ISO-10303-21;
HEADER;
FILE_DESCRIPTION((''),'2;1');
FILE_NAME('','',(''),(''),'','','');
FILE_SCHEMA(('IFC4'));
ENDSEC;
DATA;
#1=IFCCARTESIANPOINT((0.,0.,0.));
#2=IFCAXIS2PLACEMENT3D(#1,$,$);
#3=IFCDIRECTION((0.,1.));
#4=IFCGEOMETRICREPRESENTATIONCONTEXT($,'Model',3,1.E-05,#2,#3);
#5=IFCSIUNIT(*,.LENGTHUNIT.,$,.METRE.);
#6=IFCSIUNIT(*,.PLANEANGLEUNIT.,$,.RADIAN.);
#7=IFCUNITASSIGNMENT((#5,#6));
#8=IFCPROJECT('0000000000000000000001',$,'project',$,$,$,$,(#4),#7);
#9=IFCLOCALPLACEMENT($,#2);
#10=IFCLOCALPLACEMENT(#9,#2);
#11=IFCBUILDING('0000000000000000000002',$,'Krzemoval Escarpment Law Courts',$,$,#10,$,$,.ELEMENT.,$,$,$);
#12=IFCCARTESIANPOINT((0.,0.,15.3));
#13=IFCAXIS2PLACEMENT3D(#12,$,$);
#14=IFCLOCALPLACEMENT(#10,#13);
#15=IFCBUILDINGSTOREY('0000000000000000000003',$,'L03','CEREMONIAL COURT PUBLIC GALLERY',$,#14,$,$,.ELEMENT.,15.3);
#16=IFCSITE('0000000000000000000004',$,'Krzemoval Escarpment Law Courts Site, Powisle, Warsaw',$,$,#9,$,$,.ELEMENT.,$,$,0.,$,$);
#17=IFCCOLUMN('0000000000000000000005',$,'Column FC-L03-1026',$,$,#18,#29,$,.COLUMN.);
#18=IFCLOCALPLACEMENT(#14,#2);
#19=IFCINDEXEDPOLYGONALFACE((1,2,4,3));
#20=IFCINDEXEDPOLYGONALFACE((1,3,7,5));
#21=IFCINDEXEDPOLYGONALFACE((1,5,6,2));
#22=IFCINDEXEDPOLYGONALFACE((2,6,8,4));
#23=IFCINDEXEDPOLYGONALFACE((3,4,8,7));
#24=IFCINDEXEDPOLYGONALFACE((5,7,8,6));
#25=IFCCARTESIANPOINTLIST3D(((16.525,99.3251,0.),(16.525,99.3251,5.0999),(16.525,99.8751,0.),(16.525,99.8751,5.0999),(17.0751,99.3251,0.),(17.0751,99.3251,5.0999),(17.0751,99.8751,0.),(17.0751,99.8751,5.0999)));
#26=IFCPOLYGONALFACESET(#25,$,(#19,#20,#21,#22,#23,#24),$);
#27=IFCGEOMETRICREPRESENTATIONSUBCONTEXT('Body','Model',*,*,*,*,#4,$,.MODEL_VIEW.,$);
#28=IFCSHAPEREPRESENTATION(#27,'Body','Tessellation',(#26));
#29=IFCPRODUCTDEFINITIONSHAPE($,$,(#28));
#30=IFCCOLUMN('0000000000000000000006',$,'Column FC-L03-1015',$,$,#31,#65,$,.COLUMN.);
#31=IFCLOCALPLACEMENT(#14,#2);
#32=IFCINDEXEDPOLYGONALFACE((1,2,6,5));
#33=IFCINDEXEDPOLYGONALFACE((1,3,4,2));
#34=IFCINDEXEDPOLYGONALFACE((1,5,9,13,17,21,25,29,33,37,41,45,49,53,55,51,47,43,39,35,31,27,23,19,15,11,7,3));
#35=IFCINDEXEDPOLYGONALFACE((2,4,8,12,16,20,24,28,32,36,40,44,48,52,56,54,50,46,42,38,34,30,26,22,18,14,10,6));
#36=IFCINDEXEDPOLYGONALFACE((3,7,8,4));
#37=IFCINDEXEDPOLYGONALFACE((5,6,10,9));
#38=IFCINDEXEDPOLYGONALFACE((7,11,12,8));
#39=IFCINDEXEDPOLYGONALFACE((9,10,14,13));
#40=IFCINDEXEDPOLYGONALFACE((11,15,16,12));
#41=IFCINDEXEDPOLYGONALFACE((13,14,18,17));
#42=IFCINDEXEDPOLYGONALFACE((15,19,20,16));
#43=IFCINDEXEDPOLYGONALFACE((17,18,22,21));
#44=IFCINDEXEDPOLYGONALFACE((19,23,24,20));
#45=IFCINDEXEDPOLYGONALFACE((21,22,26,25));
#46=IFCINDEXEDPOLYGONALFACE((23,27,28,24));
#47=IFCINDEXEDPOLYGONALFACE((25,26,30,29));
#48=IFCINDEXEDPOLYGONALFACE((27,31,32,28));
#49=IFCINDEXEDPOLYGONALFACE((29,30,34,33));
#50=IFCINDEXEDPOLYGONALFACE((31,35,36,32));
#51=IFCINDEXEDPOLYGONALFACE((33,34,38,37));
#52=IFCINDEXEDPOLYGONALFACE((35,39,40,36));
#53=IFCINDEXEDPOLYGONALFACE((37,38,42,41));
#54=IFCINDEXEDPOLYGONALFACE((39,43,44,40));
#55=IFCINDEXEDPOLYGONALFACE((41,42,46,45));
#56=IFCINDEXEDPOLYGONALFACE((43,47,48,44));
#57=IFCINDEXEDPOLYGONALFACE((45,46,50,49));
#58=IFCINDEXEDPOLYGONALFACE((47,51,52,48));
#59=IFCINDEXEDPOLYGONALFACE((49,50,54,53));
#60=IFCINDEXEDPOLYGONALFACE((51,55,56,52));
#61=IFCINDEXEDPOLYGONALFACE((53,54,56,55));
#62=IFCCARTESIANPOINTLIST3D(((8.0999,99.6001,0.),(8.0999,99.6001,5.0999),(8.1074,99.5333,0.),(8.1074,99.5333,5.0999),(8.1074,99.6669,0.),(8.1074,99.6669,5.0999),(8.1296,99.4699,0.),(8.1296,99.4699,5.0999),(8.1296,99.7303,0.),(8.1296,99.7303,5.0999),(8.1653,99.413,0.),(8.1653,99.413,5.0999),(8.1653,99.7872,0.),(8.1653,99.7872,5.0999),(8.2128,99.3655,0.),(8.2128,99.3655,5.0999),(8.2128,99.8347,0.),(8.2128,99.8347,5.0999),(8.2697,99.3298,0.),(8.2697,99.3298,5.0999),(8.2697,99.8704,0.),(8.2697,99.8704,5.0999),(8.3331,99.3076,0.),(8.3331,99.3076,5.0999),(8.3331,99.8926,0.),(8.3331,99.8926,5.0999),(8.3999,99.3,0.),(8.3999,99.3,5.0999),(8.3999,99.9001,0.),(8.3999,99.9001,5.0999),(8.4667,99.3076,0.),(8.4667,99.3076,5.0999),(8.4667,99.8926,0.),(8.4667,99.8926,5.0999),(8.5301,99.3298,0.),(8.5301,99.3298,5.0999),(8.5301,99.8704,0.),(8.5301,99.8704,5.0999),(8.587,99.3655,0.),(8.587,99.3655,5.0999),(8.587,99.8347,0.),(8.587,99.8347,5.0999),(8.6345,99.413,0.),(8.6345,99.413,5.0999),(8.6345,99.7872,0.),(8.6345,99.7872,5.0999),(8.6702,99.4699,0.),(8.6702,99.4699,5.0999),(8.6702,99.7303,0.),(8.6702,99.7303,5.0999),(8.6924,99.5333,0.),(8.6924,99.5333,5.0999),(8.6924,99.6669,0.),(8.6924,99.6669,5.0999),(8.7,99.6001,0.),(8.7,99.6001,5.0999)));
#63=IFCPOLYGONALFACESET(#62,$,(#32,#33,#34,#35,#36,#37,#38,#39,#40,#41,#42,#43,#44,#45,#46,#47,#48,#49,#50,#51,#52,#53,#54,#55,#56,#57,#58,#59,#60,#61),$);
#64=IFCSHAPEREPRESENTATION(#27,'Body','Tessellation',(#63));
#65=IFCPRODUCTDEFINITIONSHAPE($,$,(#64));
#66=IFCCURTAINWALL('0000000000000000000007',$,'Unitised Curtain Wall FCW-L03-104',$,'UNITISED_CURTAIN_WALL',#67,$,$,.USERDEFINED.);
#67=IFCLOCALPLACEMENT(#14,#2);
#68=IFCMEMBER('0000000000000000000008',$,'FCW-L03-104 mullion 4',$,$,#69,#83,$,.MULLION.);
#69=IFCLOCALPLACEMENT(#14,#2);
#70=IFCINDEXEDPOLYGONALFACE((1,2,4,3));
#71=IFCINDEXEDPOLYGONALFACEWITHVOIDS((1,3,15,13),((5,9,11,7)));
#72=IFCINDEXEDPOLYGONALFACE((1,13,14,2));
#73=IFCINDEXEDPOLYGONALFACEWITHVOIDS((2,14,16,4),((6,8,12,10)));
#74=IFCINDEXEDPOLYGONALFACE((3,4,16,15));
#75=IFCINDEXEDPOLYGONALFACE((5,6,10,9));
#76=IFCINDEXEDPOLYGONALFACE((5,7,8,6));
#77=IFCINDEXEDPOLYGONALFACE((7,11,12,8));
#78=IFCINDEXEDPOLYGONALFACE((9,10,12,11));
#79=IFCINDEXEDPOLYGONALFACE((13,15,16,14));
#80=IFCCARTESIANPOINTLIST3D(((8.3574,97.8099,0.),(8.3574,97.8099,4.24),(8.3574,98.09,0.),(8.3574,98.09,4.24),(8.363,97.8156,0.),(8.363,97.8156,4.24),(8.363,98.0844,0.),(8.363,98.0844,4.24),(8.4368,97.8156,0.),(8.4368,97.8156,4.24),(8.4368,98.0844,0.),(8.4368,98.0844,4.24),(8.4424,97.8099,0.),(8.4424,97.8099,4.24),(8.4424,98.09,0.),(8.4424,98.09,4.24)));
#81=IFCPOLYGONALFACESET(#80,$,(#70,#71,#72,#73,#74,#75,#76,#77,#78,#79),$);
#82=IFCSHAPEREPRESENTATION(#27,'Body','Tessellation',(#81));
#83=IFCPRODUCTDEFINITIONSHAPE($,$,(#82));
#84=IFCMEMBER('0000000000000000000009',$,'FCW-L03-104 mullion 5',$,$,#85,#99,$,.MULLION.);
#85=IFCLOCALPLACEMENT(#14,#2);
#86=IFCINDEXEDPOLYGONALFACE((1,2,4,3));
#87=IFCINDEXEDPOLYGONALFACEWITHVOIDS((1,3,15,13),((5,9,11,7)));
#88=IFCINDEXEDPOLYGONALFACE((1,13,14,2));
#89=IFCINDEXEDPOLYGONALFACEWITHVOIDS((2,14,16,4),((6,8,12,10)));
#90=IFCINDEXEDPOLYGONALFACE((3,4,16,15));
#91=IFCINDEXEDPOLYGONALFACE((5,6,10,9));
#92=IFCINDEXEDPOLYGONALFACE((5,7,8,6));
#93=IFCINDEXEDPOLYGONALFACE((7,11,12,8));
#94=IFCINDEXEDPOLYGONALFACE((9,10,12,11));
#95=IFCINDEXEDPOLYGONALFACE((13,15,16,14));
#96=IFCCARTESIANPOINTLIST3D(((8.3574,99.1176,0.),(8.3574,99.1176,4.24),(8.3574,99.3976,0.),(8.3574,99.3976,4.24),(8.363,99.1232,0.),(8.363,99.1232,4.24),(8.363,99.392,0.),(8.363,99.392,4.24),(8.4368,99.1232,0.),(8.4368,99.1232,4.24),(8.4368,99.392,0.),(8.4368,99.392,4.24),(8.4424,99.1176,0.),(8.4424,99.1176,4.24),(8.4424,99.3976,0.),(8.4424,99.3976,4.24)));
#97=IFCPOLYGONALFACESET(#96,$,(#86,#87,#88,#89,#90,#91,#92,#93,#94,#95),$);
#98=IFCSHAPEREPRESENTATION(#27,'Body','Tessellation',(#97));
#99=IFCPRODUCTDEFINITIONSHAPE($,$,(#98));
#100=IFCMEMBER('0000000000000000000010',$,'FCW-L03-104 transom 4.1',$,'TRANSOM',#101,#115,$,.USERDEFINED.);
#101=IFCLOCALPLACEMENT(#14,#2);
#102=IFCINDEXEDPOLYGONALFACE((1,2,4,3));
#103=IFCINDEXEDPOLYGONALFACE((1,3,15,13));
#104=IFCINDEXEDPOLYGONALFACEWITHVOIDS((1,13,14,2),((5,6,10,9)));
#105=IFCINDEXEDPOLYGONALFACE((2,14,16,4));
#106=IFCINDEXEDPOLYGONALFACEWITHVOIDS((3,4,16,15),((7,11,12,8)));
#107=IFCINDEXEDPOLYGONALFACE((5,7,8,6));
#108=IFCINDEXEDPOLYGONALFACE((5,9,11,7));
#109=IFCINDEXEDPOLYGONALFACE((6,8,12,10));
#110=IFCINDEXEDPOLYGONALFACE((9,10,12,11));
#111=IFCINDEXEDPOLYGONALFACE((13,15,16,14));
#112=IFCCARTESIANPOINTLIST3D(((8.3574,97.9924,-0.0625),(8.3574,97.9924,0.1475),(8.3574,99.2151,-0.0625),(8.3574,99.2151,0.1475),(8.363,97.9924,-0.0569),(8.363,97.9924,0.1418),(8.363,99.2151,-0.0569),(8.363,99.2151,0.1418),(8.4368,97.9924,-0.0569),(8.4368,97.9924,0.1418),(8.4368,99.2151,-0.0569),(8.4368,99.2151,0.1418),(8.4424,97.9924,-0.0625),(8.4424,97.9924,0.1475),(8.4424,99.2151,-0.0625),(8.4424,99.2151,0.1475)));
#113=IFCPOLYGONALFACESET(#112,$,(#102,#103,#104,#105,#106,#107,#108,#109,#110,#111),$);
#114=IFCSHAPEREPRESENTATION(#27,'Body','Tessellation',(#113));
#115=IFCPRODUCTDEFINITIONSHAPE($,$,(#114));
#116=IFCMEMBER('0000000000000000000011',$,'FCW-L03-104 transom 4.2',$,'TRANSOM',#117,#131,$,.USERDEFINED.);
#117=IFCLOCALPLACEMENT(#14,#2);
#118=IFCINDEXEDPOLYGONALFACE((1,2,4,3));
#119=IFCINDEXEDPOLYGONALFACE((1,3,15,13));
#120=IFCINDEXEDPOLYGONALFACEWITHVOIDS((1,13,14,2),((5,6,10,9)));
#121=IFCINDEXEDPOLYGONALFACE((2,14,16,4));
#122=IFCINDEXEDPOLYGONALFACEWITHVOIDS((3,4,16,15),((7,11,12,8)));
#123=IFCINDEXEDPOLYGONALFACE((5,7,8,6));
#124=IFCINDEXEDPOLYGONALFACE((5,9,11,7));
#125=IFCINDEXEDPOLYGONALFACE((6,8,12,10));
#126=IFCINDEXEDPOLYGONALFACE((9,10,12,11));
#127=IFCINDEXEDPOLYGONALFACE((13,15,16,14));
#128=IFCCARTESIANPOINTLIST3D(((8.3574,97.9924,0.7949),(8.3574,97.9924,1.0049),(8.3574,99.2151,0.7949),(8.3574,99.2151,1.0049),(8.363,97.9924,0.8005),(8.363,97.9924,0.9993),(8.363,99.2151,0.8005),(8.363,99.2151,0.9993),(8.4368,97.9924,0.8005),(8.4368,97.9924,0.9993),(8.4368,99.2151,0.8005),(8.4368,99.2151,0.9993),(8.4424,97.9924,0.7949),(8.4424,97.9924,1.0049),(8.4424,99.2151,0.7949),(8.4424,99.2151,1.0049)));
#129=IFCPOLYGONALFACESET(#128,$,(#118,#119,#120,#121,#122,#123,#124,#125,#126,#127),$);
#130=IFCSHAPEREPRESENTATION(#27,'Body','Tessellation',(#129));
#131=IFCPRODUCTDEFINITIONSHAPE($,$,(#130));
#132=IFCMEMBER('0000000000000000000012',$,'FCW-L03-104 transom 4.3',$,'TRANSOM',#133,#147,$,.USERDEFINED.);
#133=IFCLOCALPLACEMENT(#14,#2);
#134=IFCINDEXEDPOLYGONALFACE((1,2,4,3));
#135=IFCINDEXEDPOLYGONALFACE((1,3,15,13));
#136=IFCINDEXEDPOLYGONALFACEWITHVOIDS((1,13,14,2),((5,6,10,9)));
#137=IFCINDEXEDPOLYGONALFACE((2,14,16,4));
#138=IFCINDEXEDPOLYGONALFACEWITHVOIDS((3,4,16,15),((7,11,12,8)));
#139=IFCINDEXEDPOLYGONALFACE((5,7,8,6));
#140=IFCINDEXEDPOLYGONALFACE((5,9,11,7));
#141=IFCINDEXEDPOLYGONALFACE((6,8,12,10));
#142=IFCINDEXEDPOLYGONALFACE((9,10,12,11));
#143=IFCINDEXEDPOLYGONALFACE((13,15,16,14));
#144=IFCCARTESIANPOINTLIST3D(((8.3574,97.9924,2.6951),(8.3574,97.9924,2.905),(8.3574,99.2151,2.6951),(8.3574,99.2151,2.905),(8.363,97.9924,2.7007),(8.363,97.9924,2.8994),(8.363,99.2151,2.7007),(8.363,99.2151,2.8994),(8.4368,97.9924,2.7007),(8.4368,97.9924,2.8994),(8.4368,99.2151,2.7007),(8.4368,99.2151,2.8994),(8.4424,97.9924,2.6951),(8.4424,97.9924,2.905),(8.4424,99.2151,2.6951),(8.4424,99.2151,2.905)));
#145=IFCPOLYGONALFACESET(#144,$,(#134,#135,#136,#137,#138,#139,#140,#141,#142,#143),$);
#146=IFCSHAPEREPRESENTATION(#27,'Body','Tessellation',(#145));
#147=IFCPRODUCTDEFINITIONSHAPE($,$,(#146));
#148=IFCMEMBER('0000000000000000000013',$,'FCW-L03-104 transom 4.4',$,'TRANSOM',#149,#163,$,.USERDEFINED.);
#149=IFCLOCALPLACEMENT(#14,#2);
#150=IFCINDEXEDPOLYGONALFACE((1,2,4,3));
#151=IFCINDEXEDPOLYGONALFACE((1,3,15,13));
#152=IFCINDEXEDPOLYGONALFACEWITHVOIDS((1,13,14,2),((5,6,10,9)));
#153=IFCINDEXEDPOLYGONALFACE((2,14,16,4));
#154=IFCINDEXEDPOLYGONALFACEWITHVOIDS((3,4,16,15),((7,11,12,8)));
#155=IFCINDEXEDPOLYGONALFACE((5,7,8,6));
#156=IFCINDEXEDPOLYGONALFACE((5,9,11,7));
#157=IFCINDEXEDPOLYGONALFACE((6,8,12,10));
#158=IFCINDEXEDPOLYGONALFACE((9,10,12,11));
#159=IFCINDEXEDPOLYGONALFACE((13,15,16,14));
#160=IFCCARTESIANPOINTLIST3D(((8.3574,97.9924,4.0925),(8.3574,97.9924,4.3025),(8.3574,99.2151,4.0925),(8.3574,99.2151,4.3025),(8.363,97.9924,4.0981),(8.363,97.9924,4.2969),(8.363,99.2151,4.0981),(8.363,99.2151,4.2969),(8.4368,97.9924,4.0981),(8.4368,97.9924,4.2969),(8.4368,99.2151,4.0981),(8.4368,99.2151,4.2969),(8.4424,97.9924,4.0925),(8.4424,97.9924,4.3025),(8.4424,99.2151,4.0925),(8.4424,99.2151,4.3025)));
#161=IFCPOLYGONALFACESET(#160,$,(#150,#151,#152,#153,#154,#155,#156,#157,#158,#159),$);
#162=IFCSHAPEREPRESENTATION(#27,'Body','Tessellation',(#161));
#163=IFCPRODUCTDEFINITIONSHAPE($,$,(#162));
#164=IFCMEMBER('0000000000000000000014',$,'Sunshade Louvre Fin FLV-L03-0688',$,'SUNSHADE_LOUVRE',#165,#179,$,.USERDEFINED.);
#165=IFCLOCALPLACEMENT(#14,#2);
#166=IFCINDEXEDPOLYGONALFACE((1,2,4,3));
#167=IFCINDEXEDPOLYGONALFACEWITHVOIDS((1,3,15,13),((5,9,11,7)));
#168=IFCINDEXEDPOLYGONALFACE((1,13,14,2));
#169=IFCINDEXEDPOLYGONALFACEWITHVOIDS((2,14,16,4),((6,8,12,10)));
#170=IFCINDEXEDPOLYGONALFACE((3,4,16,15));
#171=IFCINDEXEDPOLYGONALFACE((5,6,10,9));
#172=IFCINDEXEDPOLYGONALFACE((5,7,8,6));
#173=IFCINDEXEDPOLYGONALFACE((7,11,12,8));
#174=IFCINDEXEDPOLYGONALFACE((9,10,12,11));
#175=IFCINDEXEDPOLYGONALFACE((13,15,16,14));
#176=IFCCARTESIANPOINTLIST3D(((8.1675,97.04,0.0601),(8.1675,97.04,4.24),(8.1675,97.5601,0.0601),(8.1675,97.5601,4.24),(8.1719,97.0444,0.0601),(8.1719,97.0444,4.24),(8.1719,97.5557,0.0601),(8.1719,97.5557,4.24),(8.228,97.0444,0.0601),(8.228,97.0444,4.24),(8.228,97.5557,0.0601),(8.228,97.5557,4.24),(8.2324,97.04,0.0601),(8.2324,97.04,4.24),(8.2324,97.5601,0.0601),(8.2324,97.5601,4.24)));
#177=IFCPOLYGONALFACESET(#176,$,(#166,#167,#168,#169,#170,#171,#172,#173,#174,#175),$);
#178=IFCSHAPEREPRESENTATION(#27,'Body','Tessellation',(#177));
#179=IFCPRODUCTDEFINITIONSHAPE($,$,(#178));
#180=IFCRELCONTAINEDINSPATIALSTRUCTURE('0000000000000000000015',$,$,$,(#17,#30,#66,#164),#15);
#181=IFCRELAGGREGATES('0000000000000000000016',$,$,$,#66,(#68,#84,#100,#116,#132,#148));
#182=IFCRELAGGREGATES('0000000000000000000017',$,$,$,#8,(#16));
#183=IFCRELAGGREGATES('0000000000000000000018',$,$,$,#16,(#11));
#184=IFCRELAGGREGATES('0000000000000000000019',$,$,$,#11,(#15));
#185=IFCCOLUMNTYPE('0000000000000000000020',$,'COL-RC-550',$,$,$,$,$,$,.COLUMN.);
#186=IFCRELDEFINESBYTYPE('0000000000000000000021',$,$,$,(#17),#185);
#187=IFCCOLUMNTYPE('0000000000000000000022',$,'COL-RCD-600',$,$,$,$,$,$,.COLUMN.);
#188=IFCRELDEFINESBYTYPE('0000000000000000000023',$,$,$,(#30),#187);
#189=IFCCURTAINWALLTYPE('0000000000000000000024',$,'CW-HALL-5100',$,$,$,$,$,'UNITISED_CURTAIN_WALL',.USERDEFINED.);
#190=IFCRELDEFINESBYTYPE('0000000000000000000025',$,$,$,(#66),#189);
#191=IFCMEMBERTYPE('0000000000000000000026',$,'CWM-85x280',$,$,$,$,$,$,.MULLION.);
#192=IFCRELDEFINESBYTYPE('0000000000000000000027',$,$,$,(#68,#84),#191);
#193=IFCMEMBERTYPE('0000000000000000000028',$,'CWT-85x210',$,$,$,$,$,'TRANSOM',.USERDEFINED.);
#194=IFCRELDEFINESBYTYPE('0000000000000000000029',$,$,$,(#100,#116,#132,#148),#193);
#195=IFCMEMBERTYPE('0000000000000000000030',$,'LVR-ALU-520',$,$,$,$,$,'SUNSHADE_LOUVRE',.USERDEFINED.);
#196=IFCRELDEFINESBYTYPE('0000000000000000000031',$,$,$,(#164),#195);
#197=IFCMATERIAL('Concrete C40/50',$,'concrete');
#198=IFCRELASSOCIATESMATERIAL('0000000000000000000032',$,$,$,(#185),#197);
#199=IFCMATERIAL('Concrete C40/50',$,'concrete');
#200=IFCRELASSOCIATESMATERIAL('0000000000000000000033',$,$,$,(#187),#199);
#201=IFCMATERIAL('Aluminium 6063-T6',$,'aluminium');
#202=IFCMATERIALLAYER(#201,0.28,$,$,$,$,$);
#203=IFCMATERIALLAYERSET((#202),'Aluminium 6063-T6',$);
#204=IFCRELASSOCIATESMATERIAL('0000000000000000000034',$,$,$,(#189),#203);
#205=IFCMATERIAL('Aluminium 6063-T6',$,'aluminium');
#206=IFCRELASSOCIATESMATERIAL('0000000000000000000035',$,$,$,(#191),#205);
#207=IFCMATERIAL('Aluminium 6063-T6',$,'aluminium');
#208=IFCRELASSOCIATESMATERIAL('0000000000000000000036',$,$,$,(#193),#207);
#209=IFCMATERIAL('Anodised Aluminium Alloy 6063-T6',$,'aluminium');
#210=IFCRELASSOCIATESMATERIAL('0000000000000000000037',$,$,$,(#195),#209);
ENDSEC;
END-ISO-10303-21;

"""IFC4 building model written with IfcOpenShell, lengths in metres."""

from ifc_helpers import new_model, si_unit, direction, frame, origin, origin_2d, place, context, subcontext, project, spatial, rectangle, hollow_rectangle, circle, extrude, material, layer, layer_set, material_profile, profile_set, type_object, element, aggregate, save


model = new_model("IFC4")

# Units and contexts
model_context = context("Model", 3, precision=1e-05, world=origin(), true_north=direction((0.0, 1.0)))
body_context = subcontext(model_context, "Body", "Model", "MODEL_VIEW")
ifc_project = project(units=[si_unit("LENGTHUNIT", "METRE"), si_unit("PLANEANGLEUNIT", "RADIAN")], contexts=[model_context])

# Site, building, storey
site_placement = place(None, origin())
site = spatial("IfcSite", under=ifc_project, at=site_placement, Name="Krzemoval Escarpment Law Courts Site, Powisle, Warsaw", CompositionType="ELEMENT", RefElevation=0.0)
building_placement = place(site_placement, origin())
building = spatial("IfcBuilding", under=site, at=building_placement, Name="Krzemoval Escarpment Law Courts", CompositionType="ELEMENT")
storey_placement = place(building_placement, frame((0.0, 0.0, 15.3)))
storey = spatial("IfcBuildingStorey", under=building, at=storey_placement, Name="L03", Description="CEREMONIAL COURT PUBLIC GALLERY", CompositionType="ELEMENT", Elevation=15.3)

# Columns
ifc_material_1 = material(Name="Concrete C40/50", Category="concrete")
ifc_material_profile_1 = material_profile(ifc_material_1, rectangle(XDim=0.55, YDim=0.55, at=origin_2d()), Name="RC 550x550")
ifc_profile_set_1 = profile_set([ifc_material_profile_1], Name="Concrete C40/50")
column_type_1 = type_object("IfcColumnType", Name="COL-RC-550", PredefinedType="COLUMN", material=ifc_profile_set_1)
column_1_placement = place(storey_placement, frame((16.8, 99.6001, 0.0), z_axis=(0.0, 0.0, 1.0), x_axis=(1.0, 0.0, 0.0)))
element("IfcColumn", 1, at=column_1_placement, inside=storey, type_object=column_type_1, Name="Column FC-L03-1026", PredefinedType="COLUMN", context=body_context, shape_type="SweptSolid", body=[
    extrude(rectangle(XDim=0.55, YDim=0.55, at=origin_2d()), origin(), (0.0, 0.0, 1.0), 5.0999),
])
ifc_material_2 = material(Name="Concrete C40/50", Category="concrete")
ifc_material_profile_2 = material_profile(ifc_material_2, circle(Radius=0.3, at=origin_2d()), Name="RC D600")
ifc_profile_set_2 = profile_set([ifc_material_profile_2], Name="Concrete C40/50")
column_type_2 = type_object("IfcColumnType", Name="COL-RCD-600", PredefinedType="COLUMN", material=ifc_profile_set_2)
column_2_placement = place(storey_placement, frame((8.3999, 99.6001, 0.0), z_axis=(0.0, 0.0, 1.0), x_axis=(1.0, 0.0, 0.0)))
element("IfcColumn", 2, at=column_2_placement, inside=storey, type_object=column_type_2, Name="Column FC-L03-1015", PredefinedType="COLUMN", context=body_context, shape_type="SweptSolid", body=[
    extrude(circle(Radius=0.3, at=origin_2d()), origin(), (0.0, 0.0, 1.0), 5.0999),
])

# Curtain wall, members
ifc_material_3 = material(Name="Aluminium 6063-T6", Category="aluminium")
ifc_layer_1 = layer(ifc_material_3, 0.28)
ifc_layer_set_1 = layer_set([ifc_layer_1], Name="Aluminium 6063-T6")
curtain_wall_type = type_object("IfcCurtainWallType", Name="CW-HALL-5100", ElementType="UNITISED_CURTAIN_WALL", PredefinedType="USERDEFINED", material=ifc_layer_set_1)
curtain_wall_placement = place(storey_placement, origin())
curtain_wall = element("IfcCurtainWall", 3, at=curtain_wall_placement, inside=storey, type_object=curtain_wall_type, Name="Unitised Curtain Wall FCW-L03-104", ObjectType="UNITISED_CURTAIN_WALL", PredefinedType="USERDEFINED")
ifc_material_4 = material(Name="Aluminium 6063-T6", Category="aluminium")
ifc_material_profile_3 = material_profile(ifc_material_4, hollow_rectangle(XDim=0.085, YDim=0.28, WallThickness=0.0056, at=origin_2d()), Name="ALU M85x280")
ifc_profile_set_3 = profile_set([ifc_material_profile_3], Name="Aluminium 6063-T6")
member_type_1 = type_object("IfcMemberType", Name="CWM-85x280", PredefinedType="MULLION", material=ifc_profile_set_3)
member_1_placement = place(storey_placement, frame((8.3999, 97.95, 0.0), z_axis=(0.0, 0.0, 1.0), x_axis=(-1.0, 0.0, 0.0)))
member_1 = element("IfcMember", 4, at=member_1_placement, type_object=member_type_1, Name="FCW-L03-104 mullion 4", PredefinedType="MULLION", context=body_context, shape_type="SweptSolid", body=[
    extrude(hollow_rectangle(XDim=0.085, YDim=0.28, WallThickness=0.0056, at=origin_2d()), origin(), (0.0, 0.0, 1.0), 4.24),
])
member_2_placement = place(storey_placement, frame((8.3999, 99.2576, 0.0), z_axis=(0.0, 0.0, 1.0), x_axis=(-1.0, 0.0, 0.0)))
member_2 = element("IfcMember", 5, at=member_2_placement, type_object=member_type_1, Name="FCW-L03-104 mullion 5", PredefinedType="MULLION", context=body_context, shape_type="SweptSolid", body=[
    extrude(hollow_rectangle(XDim=0.085, YDim=0.28, WallThickness=0.0056, at=origin_2d()), origin(), (0.0, 0.0, 1.0), 4.24),
])
ifc_material_5 = material(Name="Aluminium 6063-T6", Category="aluminium")
ifc_material_profile_4 = material_profile(ifc_material_5, hollow_rectangle(XDim=0.085, YDim=0.21, WallThickness=0.0056, at=origin_2d()), Name="ALU T85x210")
ifc_profile_set_4 = profile_set([ifc_material_profile_4], Name="Aluminium 6063-T6")
member_type_2 = type_object("IfcMemberType", Name="CWT-85x210", ElementType="TRANSOM", PredefinedType="USERDEFINED", material=ifc_profile_set_4)
member_3_placement = place(storey_placement, frame((8.3999, 97.9924, 0.0425), z_axis=(0.0, 1.0, 0.0), x_axis=(-1.0, 0.0, 0.0)))
member_3 = element("IfcMember", 6, at=member_3_placement, type_object=member_type_2, Name="FCW-L03-104 transom 4.1", ObjectType="TRANSOM", PredefinedType="USERDEFINED", context=body_context, shape_type="SweptSolid", body=[
    extrude(hollow_rectangle(XDim=0.085, YDim=0.21, WallThickness=0.0056, at=origin_2d()), origin(), (0.0, 0.0, 1.0), 1.2227),
])
member_4_placement = place(storey_placement, frame((8.3999, 97.9924, 0.8999), z_axis=(0.0, 1.0, 0.0), x_axis=(-1.0, 0.0, 0.0)))
member_4 = element("IfcMember", 7, at=member_4_placement, type_object=member_type_2, Name="FCW-L03-104 transom 4.2", ObjectType="TRANSOM", PredefinedType="USERDEFINED", context=body_context, shape_type="SweptSolid", body=[
    extrude(hollow_rectangle(XDim=0.085, YDim=0.21, WallThickness=0.0056, at=origin_2d()), origin(), (0.0, 0.0, 1.0), 1.2227),
])
member_5_placement = place(storey_placement, frame((8.3999, 97.9924, 2.8), z_axis=(0.0, 1.0, 0.0), x_axis=(-1.0, 0.0, 0.0)))
member_5 = element("IfcMember", 8, at=member_5_placement, type_object=member_type_2, Name="FCW-L03-104 transom 4.3", ObjectType="TRANSOM", PredefinedType="USERDEFINED", context=body_context, shape_type="SweptSolid", body=[
    extrude(hollow_rectangle(XDim=0.085, YDim=0.21, WallThickness=0.0056, at=origin_2d()), origin(), (0.0, 0.0, 1.0), 1.2227),
])
member_6_placement = place(storey_placement, frame((8.3999, 97.9924, 4.1975), z_axis=(0.0, 1.0, 0.0), x_axis=(-1.0, 0.0, 0.0)))
member_6 = element("IfcMember", 9, at=member_6_placement, type_object=member_type_2, Name="FCW-L03-104 transom 4.4", ObjectType="TRANSOM", PredefinedType="USERDEFINED", context=body_context, shape_type="SweptSolid", body=[
    extrude(hollow_rectangle(XDim=0.085, YDim=0.21, WallThickness=0.0056, at=origin_2d()), origin(), (0.0, 0.0, 1.0), 1.2227),
])

# Member
ifc_material_6 = material(Name="Anodised Aluminium Alloy 6063-T6", Category="aluminium")
ifc_material_profile_5 = material_profile(ifc_material_6, hollow_rectangle(XDim=0.0649, YDim=0.52, WallThickness=0.0044, at=origin_2d()), Name="ALU LVR 65x520")
ifc_profile_set_5 = profile_set([ifc_material_profile_5], Name="Anodised Aluminium Alloy 6063-T6")
member_type_3 = type_object("IfcMemberType", Name="LVR-ALU-520", ElementType="SUNSHADE_LOUVRE", PredefinedType="USERDEFINED", material=ifc_profile_set_5)
for number, where, z_axis, x_axis, name in (
    (10, (8.2, 97.3, 0.0601), (0.0, 0.0, 1.0), (1.0, 0.0, 0.0), "Sunshade Louvre Fin FLV-L03-0688"),
):
    element("IfcMember", number, at=place(storey_placement, frame(where, z_axis=z_axis, x_axis=x_axis)), inside=storey, type_object=member_type_3, Name=name, ObjectType="SUNSHADE_LOUVRE", PredefinedType="USERDEFINED", context=body_context, shape_type="SweptSolid", body=[
        extrude(hollow_rectangle(XDim=0.0649, YDim=0.52, WallThickness=0.0044, at=origin_2d()), origin(), (0.0, 0.0, 1.0), 4.1799),
    ])

aggregate(curtain_wall, [member_1, member_2, member_3, member_4, member_5, member_6])

save(model, "model.ifc")
